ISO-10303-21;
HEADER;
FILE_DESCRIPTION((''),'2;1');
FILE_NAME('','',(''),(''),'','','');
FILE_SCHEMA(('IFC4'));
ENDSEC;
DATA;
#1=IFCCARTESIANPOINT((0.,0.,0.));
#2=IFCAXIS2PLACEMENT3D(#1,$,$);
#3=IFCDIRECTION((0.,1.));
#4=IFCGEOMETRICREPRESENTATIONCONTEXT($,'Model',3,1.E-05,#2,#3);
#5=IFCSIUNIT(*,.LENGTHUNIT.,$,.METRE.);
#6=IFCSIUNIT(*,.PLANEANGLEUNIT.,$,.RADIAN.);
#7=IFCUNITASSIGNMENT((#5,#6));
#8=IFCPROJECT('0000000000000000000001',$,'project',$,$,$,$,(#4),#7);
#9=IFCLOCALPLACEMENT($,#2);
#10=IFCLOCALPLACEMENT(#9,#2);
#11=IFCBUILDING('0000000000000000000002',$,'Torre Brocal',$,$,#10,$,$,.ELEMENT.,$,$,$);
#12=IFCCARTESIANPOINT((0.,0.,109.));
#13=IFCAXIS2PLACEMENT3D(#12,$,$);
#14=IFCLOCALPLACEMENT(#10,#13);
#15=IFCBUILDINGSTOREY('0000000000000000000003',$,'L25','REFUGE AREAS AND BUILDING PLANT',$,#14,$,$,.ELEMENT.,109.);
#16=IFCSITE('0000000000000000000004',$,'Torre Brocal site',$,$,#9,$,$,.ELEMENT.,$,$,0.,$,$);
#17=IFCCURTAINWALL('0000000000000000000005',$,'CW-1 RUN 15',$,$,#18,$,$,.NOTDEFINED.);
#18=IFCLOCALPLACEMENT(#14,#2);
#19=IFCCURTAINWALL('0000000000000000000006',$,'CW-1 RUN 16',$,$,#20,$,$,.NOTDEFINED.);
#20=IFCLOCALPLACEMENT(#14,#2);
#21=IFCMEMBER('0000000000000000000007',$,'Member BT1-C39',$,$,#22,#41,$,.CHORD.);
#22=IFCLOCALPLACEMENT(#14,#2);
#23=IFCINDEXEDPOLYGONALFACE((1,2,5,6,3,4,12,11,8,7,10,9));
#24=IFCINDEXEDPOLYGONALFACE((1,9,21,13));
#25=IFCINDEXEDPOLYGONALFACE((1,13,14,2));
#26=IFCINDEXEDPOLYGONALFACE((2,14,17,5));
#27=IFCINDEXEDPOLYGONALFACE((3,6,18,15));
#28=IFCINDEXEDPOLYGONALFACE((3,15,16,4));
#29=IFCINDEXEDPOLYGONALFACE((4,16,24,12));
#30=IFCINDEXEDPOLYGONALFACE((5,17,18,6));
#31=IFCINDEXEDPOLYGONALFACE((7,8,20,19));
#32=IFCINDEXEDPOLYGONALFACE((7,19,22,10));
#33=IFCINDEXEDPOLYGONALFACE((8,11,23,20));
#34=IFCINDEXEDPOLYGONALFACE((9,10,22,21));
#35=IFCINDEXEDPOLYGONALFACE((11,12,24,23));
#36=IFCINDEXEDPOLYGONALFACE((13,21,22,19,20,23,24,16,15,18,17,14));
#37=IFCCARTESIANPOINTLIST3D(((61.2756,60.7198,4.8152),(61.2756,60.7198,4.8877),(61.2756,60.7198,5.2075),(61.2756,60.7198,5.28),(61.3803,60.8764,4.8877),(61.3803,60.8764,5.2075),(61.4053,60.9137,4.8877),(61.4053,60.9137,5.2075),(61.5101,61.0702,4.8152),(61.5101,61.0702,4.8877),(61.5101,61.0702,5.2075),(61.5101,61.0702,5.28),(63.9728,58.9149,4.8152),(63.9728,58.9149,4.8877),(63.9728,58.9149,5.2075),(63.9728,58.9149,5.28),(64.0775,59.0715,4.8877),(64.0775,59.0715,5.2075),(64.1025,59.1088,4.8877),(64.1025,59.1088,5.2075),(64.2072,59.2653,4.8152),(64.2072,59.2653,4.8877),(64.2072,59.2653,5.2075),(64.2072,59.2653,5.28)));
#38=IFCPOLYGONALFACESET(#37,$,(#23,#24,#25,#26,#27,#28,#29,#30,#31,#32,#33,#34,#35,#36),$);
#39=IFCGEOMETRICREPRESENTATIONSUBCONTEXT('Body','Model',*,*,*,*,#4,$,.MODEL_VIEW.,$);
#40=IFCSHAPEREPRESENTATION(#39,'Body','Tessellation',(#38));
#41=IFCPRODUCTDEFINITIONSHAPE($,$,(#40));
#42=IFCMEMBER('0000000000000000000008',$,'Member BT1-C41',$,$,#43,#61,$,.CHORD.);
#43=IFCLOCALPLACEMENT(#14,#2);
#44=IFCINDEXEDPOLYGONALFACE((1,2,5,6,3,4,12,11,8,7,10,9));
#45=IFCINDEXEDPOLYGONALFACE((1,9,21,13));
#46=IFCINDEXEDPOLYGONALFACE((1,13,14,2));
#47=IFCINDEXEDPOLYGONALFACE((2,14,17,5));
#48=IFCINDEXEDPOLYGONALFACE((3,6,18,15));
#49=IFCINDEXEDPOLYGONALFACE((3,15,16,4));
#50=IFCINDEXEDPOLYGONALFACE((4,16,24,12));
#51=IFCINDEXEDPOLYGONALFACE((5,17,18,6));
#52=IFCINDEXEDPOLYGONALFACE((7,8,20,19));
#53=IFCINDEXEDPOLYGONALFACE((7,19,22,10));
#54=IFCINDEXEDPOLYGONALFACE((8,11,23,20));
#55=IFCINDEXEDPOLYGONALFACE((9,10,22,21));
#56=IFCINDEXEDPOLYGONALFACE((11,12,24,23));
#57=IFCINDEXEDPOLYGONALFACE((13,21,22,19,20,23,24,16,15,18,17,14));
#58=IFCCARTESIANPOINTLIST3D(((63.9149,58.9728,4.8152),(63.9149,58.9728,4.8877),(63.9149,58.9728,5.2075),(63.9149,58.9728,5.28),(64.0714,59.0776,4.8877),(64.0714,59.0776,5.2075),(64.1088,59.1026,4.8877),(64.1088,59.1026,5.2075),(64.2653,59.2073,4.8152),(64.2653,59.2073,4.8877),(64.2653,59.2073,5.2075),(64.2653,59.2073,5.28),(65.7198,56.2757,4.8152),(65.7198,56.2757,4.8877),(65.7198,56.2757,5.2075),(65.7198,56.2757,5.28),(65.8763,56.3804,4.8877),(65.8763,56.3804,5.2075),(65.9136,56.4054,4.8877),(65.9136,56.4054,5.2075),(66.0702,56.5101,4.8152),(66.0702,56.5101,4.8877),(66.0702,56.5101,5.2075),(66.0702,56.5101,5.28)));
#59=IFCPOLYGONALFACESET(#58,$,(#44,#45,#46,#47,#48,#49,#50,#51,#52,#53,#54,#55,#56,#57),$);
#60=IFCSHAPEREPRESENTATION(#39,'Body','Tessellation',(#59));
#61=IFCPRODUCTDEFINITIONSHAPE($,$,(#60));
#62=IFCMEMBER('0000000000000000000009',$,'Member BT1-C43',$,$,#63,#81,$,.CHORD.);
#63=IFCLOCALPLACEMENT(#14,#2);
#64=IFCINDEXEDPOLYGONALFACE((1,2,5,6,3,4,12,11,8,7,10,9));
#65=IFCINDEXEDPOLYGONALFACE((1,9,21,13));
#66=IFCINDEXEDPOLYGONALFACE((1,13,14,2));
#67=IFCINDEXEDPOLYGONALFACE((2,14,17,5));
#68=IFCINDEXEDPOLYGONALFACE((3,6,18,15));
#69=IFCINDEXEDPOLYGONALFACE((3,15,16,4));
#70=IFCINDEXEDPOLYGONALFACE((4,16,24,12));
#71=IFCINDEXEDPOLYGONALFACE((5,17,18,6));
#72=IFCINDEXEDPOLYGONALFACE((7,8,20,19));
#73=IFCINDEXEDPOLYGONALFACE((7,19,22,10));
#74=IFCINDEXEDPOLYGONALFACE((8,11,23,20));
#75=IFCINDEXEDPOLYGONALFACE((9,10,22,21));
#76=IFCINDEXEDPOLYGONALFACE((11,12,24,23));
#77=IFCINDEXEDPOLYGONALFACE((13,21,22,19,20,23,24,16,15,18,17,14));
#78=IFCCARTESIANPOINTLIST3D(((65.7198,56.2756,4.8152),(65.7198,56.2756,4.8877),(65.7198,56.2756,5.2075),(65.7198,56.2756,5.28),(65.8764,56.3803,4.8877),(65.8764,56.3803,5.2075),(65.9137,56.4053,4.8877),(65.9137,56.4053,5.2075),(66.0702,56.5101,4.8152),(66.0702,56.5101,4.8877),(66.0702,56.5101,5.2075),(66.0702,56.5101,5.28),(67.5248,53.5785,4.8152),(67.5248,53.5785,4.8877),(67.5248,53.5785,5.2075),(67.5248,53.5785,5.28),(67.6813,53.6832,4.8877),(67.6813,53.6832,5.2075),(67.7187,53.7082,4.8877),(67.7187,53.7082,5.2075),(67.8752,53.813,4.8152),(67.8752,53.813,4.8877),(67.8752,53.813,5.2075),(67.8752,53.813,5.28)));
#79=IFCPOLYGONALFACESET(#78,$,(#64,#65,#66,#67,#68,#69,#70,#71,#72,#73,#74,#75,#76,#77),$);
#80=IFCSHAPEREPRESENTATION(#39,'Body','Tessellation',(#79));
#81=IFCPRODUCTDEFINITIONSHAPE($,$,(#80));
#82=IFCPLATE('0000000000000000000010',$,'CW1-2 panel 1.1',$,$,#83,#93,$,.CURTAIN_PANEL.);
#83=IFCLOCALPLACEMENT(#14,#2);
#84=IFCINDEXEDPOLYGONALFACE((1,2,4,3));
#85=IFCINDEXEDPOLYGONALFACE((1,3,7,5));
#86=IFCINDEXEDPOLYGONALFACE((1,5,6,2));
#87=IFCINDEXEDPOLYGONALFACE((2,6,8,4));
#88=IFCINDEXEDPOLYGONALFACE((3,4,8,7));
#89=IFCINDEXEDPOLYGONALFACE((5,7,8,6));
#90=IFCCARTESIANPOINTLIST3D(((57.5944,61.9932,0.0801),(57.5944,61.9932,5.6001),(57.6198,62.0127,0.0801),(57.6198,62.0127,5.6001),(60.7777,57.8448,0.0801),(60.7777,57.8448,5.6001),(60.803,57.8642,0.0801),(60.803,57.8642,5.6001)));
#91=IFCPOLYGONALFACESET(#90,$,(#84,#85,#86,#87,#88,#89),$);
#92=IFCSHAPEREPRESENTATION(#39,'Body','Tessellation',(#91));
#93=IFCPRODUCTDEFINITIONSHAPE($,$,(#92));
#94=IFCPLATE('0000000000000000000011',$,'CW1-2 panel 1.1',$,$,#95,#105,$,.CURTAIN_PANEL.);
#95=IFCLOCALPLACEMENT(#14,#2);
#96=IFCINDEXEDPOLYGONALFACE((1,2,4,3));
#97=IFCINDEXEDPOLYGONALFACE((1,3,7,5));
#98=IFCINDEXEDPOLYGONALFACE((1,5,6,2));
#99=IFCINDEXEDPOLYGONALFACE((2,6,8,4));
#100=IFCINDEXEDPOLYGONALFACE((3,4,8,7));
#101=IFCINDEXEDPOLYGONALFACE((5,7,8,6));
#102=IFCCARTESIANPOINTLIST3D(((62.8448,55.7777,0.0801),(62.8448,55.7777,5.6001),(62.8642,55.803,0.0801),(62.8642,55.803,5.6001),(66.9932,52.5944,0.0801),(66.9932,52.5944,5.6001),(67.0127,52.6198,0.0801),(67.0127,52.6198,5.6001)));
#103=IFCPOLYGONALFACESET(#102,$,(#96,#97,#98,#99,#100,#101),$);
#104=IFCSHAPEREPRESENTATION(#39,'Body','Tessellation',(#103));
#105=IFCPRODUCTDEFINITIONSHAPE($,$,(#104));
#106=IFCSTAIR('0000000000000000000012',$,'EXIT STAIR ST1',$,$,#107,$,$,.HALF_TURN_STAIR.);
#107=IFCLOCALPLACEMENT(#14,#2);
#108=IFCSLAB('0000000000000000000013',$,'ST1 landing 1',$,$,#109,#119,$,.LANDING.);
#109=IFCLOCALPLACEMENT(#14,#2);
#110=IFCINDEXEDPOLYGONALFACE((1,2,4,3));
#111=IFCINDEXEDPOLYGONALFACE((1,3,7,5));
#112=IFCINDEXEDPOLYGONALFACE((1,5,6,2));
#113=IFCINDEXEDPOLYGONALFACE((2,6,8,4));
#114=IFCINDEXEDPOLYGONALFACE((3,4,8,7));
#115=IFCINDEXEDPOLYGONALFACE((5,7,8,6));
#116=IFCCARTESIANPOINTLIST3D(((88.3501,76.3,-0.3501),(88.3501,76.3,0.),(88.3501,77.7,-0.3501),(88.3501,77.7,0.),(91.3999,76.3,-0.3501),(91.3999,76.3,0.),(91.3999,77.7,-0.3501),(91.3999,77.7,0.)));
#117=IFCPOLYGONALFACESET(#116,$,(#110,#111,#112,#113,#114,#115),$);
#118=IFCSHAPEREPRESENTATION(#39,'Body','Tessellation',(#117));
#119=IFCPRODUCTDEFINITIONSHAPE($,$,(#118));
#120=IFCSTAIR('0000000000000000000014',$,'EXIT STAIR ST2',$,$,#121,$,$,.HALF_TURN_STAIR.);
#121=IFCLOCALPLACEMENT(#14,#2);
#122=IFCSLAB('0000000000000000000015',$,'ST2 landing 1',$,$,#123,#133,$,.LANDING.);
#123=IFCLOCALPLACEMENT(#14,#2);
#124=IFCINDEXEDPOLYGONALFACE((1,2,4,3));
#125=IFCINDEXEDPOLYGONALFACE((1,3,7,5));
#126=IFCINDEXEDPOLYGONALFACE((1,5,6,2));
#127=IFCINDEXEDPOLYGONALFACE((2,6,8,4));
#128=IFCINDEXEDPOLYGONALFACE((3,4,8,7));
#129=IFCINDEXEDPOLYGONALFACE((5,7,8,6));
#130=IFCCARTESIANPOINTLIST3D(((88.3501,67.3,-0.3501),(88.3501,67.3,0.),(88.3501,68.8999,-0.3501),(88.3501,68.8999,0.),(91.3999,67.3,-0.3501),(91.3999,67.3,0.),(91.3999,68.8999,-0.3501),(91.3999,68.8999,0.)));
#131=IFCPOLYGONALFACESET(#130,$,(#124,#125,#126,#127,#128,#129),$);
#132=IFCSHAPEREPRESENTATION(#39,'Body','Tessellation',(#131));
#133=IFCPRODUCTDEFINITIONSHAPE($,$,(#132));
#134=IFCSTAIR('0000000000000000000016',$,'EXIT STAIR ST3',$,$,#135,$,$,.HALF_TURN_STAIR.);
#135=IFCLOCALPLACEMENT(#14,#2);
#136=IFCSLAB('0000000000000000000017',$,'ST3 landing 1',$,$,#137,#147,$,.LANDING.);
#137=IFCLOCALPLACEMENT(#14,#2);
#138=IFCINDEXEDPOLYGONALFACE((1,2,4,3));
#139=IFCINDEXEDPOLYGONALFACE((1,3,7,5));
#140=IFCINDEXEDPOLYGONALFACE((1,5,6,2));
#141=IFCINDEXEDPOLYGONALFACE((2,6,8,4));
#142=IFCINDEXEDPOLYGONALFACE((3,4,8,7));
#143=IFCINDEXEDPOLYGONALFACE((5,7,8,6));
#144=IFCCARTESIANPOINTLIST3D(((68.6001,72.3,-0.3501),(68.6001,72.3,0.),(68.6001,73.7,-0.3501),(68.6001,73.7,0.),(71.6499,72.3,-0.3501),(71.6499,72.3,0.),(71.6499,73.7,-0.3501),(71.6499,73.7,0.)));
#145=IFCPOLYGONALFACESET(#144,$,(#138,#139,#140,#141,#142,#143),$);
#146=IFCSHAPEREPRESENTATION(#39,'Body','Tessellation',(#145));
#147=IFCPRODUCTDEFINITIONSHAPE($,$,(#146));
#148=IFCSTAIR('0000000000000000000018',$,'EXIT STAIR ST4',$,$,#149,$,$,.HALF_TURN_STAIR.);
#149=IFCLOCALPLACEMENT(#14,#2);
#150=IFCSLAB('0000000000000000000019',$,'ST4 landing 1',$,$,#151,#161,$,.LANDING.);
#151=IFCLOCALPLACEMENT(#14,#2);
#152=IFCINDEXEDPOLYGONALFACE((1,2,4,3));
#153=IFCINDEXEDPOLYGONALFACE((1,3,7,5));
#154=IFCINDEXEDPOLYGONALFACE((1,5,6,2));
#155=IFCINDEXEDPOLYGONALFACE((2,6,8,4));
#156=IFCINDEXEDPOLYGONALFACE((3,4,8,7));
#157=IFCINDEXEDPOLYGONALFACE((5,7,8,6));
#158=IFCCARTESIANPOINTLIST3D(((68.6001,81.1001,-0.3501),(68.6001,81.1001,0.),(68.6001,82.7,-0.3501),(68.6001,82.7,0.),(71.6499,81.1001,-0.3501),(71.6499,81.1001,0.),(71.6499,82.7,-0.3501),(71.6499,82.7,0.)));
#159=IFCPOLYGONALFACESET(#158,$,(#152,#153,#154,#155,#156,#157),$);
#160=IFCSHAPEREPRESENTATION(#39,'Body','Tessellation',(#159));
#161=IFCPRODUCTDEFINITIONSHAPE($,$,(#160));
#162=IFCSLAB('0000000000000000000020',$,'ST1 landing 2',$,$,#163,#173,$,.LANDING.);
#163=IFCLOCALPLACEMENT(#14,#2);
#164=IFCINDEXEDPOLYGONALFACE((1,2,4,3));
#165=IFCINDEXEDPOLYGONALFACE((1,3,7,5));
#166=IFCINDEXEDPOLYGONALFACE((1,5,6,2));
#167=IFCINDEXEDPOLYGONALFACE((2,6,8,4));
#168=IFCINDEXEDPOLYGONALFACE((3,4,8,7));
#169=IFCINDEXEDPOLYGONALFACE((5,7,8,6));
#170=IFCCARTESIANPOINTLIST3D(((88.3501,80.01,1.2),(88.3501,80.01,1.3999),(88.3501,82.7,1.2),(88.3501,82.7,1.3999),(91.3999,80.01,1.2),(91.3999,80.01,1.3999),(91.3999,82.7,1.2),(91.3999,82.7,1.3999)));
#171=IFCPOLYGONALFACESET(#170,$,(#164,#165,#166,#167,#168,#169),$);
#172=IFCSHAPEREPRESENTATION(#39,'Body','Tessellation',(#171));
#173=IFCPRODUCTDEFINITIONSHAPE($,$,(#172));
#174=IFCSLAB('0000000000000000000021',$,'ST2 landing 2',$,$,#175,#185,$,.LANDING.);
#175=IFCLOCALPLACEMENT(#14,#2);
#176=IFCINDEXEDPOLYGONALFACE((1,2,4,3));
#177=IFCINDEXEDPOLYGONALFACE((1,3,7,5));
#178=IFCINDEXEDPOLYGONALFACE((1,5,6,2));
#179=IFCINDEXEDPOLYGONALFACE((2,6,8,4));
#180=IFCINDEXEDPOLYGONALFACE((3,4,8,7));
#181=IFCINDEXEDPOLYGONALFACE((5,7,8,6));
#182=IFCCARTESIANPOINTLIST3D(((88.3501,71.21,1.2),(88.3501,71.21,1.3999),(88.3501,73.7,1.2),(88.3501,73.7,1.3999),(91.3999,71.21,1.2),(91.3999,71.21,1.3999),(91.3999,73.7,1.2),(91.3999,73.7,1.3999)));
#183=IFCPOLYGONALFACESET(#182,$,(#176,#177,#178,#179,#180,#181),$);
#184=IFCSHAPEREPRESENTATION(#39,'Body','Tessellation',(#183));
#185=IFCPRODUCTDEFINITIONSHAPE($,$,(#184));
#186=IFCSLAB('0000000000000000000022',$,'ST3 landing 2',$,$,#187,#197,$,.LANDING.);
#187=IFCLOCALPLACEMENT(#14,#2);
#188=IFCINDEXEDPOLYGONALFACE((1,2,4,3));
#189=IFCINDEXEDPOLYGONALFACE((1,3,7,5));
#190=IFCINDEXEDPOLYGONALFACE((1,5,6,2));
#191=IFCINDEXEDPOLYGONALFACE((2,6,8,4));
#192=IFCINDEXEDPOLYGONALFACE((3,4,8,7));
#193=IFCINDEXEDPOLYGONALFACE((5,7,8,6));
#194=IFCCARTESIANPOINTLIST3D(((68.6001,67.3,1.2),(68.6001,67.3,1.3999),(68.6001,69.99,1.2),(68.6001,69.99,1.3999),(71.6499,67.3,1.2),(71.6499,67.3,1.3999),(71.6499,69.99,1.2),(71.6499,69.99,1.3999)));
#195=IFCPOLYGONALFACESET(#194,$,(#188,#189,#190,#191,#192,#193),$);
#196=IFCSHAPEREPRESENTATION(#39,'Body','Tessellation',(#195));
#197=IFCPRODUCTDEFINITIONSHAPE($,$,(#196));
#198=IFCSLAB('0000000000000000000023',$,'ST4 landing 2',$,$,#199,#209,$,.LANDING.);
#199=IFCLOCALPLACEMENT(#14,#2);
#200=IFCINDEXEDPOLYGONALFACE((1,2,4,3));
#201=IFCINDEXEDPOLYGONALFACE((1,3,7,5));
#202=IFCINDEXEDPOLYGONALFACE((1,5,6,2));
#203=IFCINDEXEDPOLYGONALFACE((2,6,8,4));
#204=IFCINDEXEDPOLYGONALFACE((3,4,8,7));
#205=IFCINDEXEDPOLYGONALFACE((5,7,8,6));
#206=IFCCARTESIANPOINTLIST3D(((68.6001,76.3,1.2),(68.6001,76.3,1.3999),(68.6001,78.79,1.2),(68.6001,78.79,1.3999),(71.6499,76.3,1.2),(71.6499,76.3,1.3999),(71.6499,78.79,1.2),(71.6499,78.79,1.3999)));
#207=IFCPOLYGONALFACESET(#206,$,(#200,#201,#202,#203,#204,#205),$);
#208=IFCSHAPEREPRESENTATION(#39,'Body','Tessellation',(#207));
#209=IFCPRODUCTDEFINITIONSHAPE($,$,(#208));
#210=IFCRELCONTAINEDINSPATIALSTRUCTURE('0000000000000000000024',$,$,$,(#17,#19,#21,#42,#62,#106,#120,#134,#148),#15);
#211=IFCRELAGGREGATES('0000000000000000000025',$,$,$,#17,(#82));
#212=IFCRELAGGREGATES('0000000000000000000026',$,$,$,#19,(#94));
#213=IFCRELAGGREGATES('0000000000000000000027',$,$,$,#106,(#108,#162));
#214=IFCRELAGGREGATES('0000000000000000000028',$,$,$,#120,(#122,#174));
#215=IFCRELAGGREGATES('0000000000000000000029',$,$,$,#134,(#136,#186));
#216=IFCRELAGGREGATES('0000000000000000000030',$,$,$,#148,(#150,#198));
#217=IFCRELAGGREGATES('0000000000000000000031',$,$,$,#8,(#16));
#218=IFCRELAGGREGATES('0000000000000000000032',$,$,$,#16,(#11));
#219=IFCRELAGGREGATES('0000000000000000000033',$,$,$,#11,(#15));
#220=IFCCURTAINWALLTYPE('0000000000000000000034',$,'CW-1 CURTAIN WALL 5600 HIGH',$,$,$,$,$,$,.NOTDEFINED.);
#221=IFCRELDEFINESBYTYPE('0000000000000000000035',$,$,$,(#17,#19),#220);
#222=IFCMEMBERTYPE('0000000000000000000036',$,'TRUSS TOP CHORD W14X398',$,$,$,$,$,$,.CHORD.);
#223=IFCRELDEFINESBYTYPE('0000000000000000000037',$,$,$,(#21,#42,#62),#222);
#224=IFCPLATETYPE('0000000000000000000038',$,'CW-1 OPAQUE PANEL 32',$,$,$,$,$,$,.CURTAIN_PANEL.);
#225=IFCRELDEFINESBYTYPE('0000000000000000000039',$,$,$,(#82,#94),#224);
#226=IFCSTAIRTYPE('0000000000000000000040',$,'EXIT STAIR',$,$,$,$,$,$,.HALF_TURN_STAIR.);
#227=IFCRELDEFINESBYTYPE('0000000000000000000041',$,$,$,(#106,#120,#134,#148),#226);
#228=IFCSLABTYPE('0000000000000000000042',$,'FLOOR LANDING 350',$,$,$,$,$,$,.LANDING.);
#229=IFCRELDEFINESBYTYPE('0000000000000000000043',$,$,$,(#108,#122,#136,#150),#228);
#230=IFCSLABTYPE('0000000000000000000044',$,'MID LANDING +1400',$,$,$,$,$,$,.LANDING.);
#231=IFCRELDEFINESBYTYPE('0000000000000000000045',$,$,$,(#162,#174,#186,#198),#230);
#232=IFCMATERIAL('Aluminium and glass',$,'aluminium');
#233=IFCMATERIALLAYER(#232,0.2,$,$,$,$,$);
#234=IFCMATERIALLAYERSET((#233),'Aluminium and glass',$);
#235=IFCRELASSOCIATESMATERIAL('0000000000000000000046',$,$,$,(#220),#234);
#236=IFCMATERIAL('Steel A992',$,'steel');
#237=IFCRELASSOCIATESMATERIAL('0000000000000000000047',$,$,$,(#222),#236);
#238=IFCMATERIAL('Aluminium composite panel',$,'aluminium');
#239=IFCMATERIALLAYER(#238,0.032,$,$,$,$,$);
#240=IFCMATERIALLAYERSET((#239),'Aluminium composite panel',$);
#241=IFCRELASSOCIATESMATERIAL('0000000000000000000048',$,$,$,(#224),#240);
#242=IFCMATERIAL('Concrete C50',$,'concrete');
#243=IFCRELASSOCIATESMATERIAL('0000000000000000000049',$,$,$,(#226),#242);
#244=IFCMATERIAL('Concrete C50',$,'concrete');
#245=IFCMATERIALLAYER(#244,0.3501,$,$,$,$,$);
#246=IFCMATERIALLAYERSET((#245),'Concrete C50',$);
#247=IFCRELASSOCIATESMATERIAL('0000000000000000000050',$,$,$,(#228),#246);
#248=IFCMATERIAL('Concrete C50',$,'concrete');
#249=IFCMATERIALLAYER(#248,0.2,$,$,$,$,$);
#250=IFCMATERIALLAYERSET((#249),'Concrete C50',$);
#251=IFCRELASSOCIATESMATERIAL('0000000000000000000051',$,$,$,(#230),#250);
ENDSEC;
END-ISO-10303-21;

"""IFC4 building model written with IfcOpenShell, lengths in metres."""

from ifc_helpers import new_model, si_unit, direction, frame, origin, origin_2d, place, context, subcontext, project, spatial, polyline, rectangle, i_section, outline, extrude, material, layer, layer_set, material_profile, profile_set, type_object, element, aggregate, save


model = new_model("IFC4")

# Units and contexts
model_context = context("Model", 3, precision=1e-05, world=origin(), true_north=direction((0.0, 1.0)))
body_context = subcontext(model_context, "Body", "Model", "MODEL_VIEW")
ifc_project = project(units=[si_unit("LENGTHUNIT", "METRE"), si_unit("PLANEANGLEUNIT", "RADIAN")], contexts=[model_context])

# Site, building, storey
site_placement = place(None, origin())
site = spatial("IfcSite", under=ifc_project, at=site_placement, Name="Torre Brocal site", CompositionType="ELEMENT", RefElevation=0.0)
building_placement = place(site_placement, origin())
building = spatial("IfcBuilding", under=site, at=building_placement, Name="Torre Brocal", CompositionType="ELEMENT")
storey_placement = place(building_placement, frame((0.0, 0.0, 109.0)))
storey = spatial("IfcBuildingStorey", under=building, at=storey_placement, Name="L25", Description="REFUGE AREAS AND BUILDING PLANT", CompositionType="ELEMENT", Elevation=109.0)

# Curtain wall
ifc_material_1 = material(Name="Aluminium and glass", Category="aluminium")
ifc_layer_1 = layer(ifc_material_1, 0.2)
ifc_layer_set_1 = layer_set([ifc_layer_1], Name="Aluminium and glass")
curtain_wall_type = type_object("IfcCurtainWallType", Name="CW-1 CURTAIN WALL 5600 HIGH", PredefinedType="NOTDEFINED", material=ifc_layer_set_1)
curtain_wall_1_placement = place(storey_placement, origin())
curtain_wall_1 = element("IfcCurtainWall", 1, at=curtain_wall_1_placement, inside=storey, type_object=curtain_wall_type, Name="CW-1 RUN 15", PredefinedType="NOTDEFINED")

# Curtain wall
curtain_wall_2_placement = place(storey_placement, origin())
curtain_wall_2 = element("IfcCurtainWall", 2, at=curtain_wall_2_placement, inside=storey, type_object=curtain_wall_type, Name="CW-1 RUN 16", PredefinedType="NOTDEFINED")

# Members
ifc_material_2 = material(Name="Steel A992", Category="steel")
ifc_material_profile_1 = material_profile(ifc_material_2, i_section(OverallWidth=0.4216, OverallDepth=0.4648, WebThickness=0.0449, FlangeThickness=0.0725, at=origin_2d()), Name="W14X398")
ifc_profile_set_1 = profile_set([ifc_material_profile_1], Name="Steel A992")
member_type_1 = type_object("IfcMemberType", Name="TRUSS TOP CHORD W14X398", PredefinedType="CHORD", material=ifc_profile_set_1)
for number, where, z_axis, x_axis, name in (
    (3, (61.3928, 60.895, 5.0476), (0.831088, -0.55614, 0.0), (0.55614, 0.831088, 0.0), "Member BT1-C39"),
    (4, (64.0901, 59.0901, 5.0476), (0.55614, -0.831088, 0.0), (0.831088, 0.55614, 0.0), "Member BT1-C41"),
    (5, (65.895, 56.3928, 5.0476), (0.556175, -0.831065, 0.0), (0.831065, 0.556175, 0.0), "Member BT1-C43"),
):
    element("IfcMember", number, at=place(storey_placement, frame(where, z_axis=z_axis, x_axis=x_axis)), inside=storey, type_object=member_type_1, Name=name, PredefinedType="CHORD", context=body_context, shape_type="SweptSolid", body=[
        extrude(i_section(OverallWidth=0.4216, OverallDepth=0.4648, WebThickness=0.0449, FlangeThickness=0.0725, at=origin_2d()), origin(), (0.0, 0.0, 1.0), 3.2454),
    ])

# Plates
ifc_material_3 = material(Name="Aluminium composite panel", Category="aluminium")
ifc_layer_2 = layer(ifc_material_3, 0.032)
ifc_layer_set_2 = layer_set([ifc_layer_2], Name="Aluminium composite panel")
plate_type = type_object("IfcPlateType", Name="CW-1 OPAQUE PANEL 32", PredefinedType="CURTAIN_PANEL", material=ifc_layer_set_2)
plate_1_placement = place(storey_placement, frame((59.1987, 59.9287, 0.0801), z_axis=(0.0, 0.0, 1.0), x_axis=(0.608761, -0.793353, 0.0)))
plate_1 = element("IfcPlate", 6, at=plate_1_placement, type_object=plate_type, Name="CW1-2 panel 1.1", PredefinedType="CURTAIN_PANEL", context=body_context, shape_type="SweptSolid", body=[
    extrude(rectangle(XDim=5.229, YDim=0.032, at=origin_2d()), origin(), (0.0, 0.0, 1.0), 5.52),
])
aggregate(curtain_wall_1, [plate_1])
plate_2_placement = place(storey_placement, frame((64.9287, 54.1987, 0.0801), z_axis=(0.0, 0.0, 1.0), x_axis=(0.793353, -0.608761, 0.0)))
plate_2 = element("IfcPlate", 7, at=plate_2_placement, type_object=plate_type, Name="CW1-2 panel 1.1", PredefinedType="CURTAIN_PANEL", context=body_context, shape_type="SweptSolid", body=[
    extrude(rectangle(XDim=5.229, YDim=0.032, at=origin_2d()), origin(), (0.0, 0.0, 1.0), 5.52),
])
aggregate(curtain_wall_2, [plate_2])

# Stairs, slabs
ifc_material_4 = material(Name="Concrete C50", Category="concrete")
stair_type = type_object("IfcStairType", Name="EXIT STAIR", PredefinedType="HALF_TURN_STAIR", material=ifc_material_4)
stair_1_placement = place(storey_placement, origin())
stair_1 = element("IfcStair", 8, at=stair_1_placement, inside=storey, type_object=stair_type, Name="EXIT STAIR ST1", PredefinedType="HALF_TURN_STAIR")
ifc_material_5 = material(Name="Concrete C50", Category="concrete")
ifc_layer_3 = layer(ifc_material_5, 0.3501)
ifc_layer_set_3 = layer_set([ifc_layer_3], Name="Concrete C50")
slab_type_1 = type_object("IfcSlabType", Name="FLOOR LANDING 350", PredefinedType="LANDING", material=ifc_layer_set_3)
slab_1_placement = place(storey_placement, frame((0.0, 0.0, -0.3501)))
slab_1 = element("IfcSlab", 9, at=slab_1_placement, type_object=slab_type_1, Name="ST1 landing 1", PredefinedType="LANDING", context=body_context, shape_type="SweptSolid", body=[
    extrude(outline(polyline([(88.3501, 76.3), (91.3999, 76.3), (91.3999, 77.7), (88.3501, 77.7), (88.3501, 76.3)])), origin(), (0.0, 0.0, 1.0), 0.3501),
])
stair_2_placement = place(storey_placement, origin())
stair_2 = element("IfcStair", 10, at=stair_2_placement, inside=storey, type_object=stair_type, Name="EXIT STAIR ST2", PredefinedType="HALF_TURN_STAIR")
slab_2_placement = place(storey_placement, frame((0.0, 0.0, -0.3501)))
slab_2 = element("IfcSlab", 11, at=slab_2_placement, type_object=slab_type_1, Name="ST2 landing 1", PredefinedType="LANDING", context=body_context, shape_type="SweptSolid", body=[
    extrude(outline(polyline([(88.3501, 67.3), (91.3999, 67.3), (91.3999, 68.8999), (88.3501, 68.8999), (88.3501, 67.3)])), origin(), (0.0, 0.0, 1.0), 0.3501),
])
stair_3_placement = place(storey_placement, origin())
stair_3 = element("IfcStair", 12, at=stair_3_placement, inside=storey, type_object=stair_type, Name="EXIT STAIR ST3", PredefinedType="HALF_TURN_STAIR")
slab_3_placement = place(storey_placement, frame((0.0, 0.0, -0.3501)))
slab_3 = element("IfcSlab", 13, at=slab_3_placement, type_object=slab_type_1, Name="ST3 landing 1", PredefinedType="LANDING", context=body_context, shape_type="SweptSolid", body=[
    extrude(outline(polyline([(71.6499, 73.7), (68.6001, 73.7), (68.6001, 72.3), (71.6499, 72.3), (71.6499, 73.7)])), origin(), (0.0, 0.0, 1.0), 0.3501),
])
stair_4_placement = place(storey_placement, origin())
stair_4 = element("IfcStair", 14, at=stair_4_placement, inside=storey, type_object=stair_type, Name="EXIT STAIR ST4", PredefinedType="HALF_TURN_STAIR")
slab_4_placement = place(storey_placement, frame((0.0, 0.0, -0.3501)))
slab_4 = element("IfcSlab", 15, at=slab_4_placement, type_object=slab_type_1, Name="ST4 landing 1", PredefinedType="LANDING", context=body_context, shape_type="SweptSolid", body=[
    extrude(outline(polyline([(71.6499, 82.7), (68.6001, 82.7), (68.6001, 81.1001), (71.6499, 81.1001), (71.6499, 82.7)])), origin(), (0.0, 0.0, 1.0), 0.3501),
])

# Slabs
ifc_material_6 = material(Name="Concrete C50", Category="concrete")
ifc_layer_4 = layer(ifc_material_6, 0.2)
ifc_layer_set_4 = layer_set([ifc_layer_4], Name="Concrete C50")
slab_type_2 = type_object("IfcSlabType", Name="MID LANDING +1400", PredefinedType="LANDING", material=ifc_layer_set_4)
slab_5_placement = place(storey_placement, frame((0.0, 0.0, 1.2)))
slab_5 = element("IfcSlab", 16, at=slab_5_placement, type_object=slab_type_2, Name="ST1 landing 2", PredefinedType="LANDING", context=body_context, shape_type="SweptSolid", body=[
    extrude(outline(polyline([(88.3501, 80.01), (91.3999, 80.01), (91.3999, 82.7), (88.3501, 82.7), (88.3501, 80.01)])), origin(), (0.0, 0.0, 1.0), 0.2),
])
slab_6_placement = place(storey_placement, frame((0.0, 0.0, 1.2)))
slab_6 = element("IfcSlab", 17, at=slab_6_placement, type_object=slab_type_2, Name="ST2 landing 2", PredefinedType="LANDING", context=body_context, shape_type="SweptSolid", body=[
    extrude(outline(polyline([(88.3501, 71.21), (91.3999, 71.21), (91.3999, 73.7), (88.3501, 73.7), (88.3501, 71.21)])), origin(), (0.0, 0.0, 1.0), 0.2),
])
slab_7_placement = place(storey_placement, frame((0.0, 0.0, 1.2)))
slab_7 = element("IfcSlab", 18, at=slab_7_placement, type_object=slab_type_2, Name="ST3 landing 2", PredefinedType="LANDING", context=body_context, shape_type="SweptSolid", body=[
    extrude(outline(polyline([(71.6499, 69.99), (68.6001, 69.99), (68.6001, 67.3), (71.6499, 67.3), (71.6499, 69.99)])), origin(), (0.0, 0.0, 1.0), 0.2),
])
slab_8_placement = place(storey_placement, frame((0.0, 0.0, 1.2)))
slab_8 = element("IfcSlab", 19, at=slab_8_placement, type_object=slab_type_2, Name="ST4 landing 2", PredefinedType="LANDING", context=body_context, shape_type="SweptSolid", body=[
    extrude(outline(polyline([(71.6499, 78.79), (68.6001, 78.79), (68.6001, 76.3), (71.6499, 76.3), (71.6499, 78.79)])), origin(), (0.0, 0.0, 1.0), 0.2),
])
aggregate(stair_1, [slab_1, slab_5])
aggregate(stair_2, [slab_2, slab_6])
aggregate(stair_3, [slab_3, slab_7])
aggregate(stair_4, [slab_4, slab_8])

save(model, "model.ifc")
